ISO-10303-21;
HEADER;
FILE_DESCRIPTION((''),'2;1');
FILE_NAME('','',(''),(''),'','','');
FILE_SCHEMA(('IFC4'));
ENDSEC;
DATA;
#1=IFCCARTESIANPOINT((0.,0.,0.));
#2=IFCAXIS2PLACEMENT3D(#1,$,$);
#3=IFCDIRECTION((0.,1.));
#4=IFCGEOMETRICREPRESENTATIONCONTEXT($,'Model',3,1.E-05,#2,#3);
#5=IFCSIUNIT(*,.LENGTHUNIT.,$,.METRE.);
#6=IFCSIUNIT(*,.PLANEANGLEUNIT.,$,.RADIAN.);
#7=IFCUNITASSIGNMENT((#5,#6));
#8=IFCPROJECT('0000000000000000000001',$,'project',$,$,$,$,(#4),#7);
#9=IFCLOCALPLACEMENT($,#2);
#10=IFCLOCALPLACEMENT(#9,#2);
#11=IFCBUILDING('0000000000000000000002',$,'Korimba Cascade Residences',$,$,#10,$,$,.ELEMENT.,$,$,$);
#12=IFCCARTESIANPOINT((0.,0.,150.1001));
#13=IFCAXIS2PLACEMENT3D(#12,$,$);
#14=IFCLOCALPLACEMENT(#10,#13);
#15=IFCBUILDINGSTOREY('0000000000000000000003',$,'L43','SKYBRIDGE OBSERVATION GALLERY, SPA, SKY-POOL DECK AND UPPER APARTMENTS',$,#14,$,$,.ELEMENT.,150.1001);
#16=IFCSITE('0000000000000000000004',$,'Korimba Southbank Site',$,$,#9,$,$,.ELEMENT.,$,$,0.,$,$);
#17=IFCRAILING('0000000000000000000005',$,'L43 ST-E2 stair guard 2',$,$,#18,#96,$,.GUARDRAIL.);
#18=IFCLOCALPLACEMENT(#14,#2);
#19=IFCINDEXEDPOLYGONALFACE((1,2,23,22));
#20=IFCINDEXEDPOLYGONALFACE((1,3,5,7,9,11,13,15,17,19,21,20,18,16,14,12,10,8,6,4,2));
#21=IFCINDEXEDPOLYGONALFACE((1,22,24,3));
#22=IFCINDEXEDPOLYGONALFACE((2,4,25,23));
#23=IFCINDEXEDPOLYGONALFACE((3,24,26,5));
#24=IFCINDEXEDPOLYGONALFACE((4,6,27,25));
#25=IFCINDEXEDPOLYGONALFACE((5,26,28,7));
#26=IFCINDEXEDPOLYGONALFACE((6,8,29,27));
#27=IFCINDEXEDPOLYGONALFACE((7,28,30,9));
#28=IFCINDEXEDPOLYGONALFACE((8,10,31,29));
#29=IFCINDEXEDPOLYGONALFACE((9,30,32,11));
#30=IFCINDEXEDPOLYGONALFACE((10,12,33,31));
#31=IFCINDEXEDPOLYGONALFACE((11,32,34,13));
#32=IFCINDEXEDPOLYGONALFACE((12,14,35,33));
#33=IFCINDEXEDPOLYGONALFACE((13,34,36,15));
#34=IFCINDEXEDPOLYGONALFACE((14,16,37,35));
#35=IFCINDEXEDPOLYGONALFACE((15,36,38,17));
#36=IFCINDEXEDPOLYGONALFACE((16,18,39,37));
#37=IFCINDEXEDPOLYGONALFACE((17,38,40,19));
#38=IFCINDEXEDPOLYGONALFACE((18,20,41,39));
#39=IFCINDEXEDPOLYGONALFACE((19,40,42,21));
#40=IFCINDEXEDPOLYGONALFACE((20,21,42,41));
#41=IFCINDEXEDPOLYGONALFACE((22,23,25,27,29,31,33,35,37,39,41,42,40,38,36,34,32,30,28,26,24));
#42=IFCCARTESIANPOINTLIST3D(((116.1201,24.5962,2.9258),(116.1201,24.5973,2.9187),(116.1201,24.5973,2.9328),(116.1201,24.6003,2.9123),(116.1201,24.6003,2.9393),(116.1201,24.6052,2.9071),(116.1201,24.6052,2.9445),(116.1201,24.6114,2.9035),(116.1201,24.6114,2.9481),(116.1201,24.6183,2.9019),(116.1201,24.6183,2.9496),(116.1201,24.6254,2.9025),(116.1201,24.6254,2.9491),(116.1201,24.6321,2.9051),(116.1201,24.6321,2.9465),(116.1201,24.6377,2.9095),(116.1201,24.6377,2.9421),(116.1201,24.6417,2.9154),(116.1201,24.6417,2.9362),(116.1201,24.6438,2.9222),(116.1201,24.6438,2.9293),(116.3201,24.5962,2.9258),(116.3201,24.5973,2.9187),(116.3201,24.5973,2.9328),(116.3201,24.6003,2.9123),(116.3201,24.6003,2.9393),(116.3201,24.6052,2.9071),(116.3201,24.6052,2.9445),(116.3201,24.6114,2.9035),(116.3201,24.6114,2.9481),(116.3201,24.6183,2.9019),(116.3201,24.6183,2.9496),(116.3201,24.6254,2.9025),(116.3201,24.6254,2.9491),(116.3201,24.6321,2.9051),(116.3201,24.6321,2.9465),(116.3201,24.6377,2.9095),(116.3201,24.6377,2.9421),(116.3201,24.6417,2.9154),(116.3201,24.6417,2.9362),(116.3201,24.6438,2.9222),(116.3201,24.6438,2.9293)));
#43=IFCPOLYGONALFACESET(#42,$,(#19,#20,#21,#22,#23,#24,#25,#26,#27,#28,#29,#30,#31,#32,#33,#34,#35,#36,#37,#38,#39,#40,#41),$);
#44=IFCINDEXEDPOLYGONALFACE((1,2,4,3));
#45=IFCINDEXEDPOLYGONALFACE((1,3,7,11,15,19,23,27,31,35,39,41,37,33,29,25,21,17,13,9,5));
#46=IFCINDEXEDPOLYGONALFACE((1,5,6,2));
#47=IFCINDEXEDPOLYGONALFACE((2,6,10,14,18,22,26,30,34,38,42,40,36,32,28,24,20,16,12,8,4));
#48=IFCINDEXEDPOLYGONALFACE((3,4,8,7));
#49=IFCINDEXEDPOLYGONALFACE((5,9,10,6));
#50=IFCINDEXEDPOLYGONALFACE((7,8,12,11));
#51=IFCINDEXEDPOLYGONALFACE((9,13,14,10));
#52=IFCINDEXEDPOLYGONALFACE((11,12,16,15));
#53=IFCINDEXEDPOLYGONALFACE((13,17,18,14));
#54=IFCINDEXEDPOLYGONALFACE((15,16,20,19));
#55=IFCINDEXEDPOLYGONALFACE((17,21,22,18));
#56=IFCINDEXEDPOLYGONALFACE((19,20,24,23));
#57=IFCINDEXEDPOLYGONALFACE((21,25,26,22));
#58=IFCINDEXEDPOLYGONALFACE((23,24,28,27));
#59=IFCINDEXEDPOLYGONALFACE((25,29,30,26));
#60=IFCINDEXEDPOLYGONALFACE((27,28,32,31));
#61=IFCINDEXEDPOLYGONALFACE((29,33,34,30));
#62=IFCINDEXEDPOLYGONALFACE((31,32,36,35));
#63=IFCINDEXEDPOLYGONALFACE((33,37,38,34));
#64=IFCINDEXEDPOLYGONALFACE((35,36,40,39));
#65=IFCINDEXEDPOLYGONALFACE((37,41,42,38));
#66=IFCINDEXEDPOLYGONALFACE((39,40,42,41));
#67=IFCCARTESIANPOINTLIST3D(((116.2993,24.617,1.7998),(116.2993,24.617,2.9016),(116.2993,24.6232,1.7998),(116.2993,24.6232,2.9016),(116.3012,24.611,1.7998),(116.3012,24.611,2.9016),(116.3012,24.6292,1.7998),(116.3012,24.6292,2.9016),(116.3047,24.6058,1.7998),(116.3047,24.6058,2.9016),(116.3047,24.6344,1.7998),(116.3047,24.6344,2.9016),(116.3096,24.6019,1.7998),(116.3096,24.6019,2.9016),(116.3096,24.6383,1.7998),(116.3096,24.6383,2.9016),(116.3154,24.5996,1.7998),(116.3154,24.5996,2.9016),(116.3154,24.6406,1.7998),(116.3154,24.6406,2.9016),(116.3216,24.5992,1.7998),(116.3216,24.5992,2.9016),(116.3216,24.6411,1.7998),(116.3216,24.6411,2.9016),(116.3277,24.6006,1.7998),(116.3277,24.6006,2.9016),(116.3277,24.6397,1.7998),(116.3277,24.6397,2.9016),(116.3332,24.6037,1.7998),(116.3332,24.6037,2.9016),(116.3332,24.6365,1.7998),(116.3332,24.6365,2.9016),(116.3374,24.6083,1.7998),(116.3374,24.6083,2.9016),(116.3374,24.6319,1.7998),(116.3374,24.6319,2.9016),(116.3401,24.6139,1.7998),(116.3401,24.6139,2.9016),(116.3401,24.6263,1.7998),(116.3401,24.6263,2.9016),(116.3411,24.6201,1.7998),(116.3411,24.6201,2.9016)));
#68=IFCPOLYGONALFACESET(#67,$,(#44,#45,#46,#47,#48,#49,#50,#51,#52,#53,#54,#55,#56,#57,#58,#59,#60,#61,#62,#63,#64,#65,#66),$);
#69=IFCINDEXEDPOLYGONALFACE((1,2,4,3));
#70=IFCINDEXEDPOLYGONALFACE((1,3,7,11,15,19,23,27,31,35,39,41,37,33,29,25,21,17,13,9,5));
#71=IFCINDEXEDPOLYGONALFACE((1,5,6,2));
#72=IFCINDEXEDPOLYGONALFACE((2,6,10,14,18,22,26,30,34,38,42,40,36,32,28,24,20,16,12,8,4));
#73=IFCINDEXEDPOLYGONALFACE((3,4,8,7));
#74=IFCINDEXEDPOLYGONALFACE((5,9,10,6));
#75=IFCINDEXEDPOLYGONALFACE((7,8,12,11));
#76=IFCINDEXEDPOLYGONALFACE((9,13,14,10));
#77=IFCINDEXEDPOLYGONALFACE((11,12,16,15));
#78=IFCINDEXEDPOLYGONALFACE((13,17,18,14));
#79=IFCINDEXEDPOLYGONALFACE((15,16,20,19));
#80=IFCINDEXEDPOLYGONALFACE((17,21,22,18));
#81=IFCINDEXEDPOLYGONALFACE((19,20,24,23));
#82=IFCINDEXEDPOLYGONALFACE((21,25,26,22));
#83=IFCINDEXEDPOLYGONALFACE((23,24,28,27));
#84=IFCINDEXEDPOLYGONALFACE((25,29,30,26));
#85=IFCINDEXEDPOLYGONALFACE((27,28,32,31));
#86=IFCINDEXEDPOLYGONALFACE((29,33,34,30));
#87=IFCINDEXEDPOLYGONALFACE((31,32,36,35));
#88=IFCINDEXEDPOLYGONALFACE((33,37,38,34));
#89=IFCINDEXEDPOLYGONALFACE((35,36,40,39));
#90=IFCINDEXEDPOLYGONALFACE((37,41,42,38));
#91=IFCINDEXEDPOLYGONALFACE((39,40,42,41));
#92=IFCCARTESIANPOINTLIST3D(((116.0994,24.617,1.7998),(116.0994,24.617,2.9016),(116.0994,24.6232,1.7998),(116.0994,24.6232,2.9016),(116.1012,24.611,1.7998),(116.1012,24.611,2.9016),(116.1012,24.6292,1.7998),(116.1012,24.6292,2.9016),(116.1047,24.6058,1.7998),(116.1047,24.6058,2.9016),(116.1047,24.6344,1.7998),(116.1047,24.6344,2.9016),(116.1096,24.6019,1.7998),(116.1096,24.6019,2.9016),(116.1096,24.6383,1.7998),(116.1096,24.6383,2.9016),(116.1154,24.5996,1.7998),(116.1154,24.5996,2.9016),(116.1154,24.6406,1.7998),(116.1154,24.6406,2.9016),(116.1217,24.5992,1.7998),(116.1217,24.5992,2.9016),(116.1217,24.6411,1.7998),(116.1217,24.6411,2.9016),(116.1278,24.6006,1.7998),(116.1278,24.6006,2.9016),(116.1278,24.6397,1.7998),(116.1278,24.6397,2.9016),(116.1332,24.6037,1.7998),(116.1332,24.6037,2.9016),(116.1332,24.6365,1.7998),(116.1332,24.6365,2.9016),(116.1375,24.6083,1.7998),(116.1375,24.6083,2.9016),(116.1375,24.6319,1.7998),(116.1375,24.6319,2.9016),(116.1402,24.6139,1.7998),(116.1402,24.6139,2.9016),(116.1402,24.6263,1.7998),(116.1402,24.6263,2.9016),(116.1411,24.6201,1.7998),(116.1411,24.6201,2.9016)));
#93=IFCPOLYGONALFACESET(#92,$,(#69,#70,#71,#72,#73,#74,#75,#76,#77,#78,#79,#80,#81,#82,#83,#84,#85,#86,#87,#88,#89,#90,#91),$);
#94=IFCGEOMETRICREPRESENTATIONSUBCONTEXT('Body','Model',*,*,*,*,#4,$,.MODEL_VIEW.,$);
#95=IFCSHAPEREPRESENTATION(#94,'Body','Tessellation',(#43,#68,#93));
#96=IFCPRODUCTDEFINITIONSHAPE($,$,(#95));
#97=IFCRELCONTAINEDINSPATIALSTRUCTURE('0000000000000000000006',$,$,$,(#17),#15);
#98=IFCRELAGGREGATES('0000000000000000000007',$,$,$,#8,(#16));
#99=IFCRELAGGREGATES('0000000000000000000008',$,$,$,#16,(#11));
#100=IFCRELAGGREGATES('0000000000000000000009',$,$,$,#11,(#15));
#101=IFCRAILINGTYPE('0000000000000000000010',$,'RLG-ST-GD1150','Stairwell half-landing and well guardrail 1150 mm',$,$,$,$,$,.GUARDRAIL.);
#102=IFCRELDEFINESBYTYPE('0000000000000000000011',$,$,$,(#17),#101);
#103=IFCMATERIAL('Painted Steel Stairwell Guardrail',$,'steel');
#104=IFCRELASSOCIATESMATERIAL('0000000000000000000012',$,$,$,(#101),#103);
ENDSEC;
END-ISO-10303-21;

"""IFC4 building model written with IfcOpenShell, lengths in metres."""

from ifc_helpers import new_model, si_unit, direction, frame, origin, origin_2d, place, context, subcontext, project, spatial, circle, extrude, material, type_object, element, save


model = new_model("IFC4")

# Units and contexts
model_context = context("Model", 3, precision=1e-05, world=origin(), true_north=direction((0.0, 1.0)))
body_context = subcontext(model_context, "Body", "Model", "MODEL_VIEW")
ifc_project = project(units=[si_unit("LENGTHUNIT", "METRE"), si_unit("PLANEANGLEUNIT", "RADIAN")], contexts=[model_context])

# Site, building, storey
site_placement = place(None, origin())
site = spatial("IfcSite", under=ifc_project, at=site_placement, Name="Korimba Southbank Site", CompositionType="ELEMENT", RefElevation=0.0)
building_placement = place(site_placement, origin())
building = spatial("IfcBuilding", under=site, at=building_placement, Name="Korimba Cascade Residences", CompositionType="ELEMENT")
storey_placement = place(building_placement, frame((0.0, 0.0, 150.1001)))
storey = spatial("IfcBuildingStorey", under=building, at=storey_placement, Name="L43", Description="SKYBRIDGE OBSERVATION GALLERY, SPA, SKY-POOL DECK AND UPPER APARTMENTS", CompositionType="ELEMENT", Elevation=150.1001)

# Railing
ifc_material_1 = material(Name="Painted Steel Stairwell Guardrail", Category="steel")
railing_type_1 = type_object("IfcRailingType", Name="RLG-ST-GD1150", Description="Stairwell half-landing and well guardrail 1150 mm", PredefinedType="GUARDRAIL", material=ifc_material_1)
railing_1_placement = place(storey_placement, frame((116.3201, 24.6201, 1.7998)))
element("IfcRailing", 1, at=railing_1_placement, inside=storey, type_object=railing_type_1, Name="L43 ST-E2 stair guard 2", PredefinedType="GUARDRAIL", context=body_context, shape_type="SweptSolid", body=[
    extrude(circle(Radius=0.0239, at=origin_2d()), frame((0.0, 0.0, 1.126), z_axis=(-1.0, 0.0, 0.0), x_axis=(0.0, -1.0, 0.0)), (0.0, 0.0, 1.0), 0.2),
    extrude(circle(Radius=0.021, at=origin_2d()), origin(), (0.0, 0.0, 1.0), 1.1018),
    extrude(circle(Radius=0.021, at=origin_2d()), frame((-0.2, 0.0, 0.0)), (0.0, 0.0, 1.0), 1.1018),
])

save(model, "model.ifc")
